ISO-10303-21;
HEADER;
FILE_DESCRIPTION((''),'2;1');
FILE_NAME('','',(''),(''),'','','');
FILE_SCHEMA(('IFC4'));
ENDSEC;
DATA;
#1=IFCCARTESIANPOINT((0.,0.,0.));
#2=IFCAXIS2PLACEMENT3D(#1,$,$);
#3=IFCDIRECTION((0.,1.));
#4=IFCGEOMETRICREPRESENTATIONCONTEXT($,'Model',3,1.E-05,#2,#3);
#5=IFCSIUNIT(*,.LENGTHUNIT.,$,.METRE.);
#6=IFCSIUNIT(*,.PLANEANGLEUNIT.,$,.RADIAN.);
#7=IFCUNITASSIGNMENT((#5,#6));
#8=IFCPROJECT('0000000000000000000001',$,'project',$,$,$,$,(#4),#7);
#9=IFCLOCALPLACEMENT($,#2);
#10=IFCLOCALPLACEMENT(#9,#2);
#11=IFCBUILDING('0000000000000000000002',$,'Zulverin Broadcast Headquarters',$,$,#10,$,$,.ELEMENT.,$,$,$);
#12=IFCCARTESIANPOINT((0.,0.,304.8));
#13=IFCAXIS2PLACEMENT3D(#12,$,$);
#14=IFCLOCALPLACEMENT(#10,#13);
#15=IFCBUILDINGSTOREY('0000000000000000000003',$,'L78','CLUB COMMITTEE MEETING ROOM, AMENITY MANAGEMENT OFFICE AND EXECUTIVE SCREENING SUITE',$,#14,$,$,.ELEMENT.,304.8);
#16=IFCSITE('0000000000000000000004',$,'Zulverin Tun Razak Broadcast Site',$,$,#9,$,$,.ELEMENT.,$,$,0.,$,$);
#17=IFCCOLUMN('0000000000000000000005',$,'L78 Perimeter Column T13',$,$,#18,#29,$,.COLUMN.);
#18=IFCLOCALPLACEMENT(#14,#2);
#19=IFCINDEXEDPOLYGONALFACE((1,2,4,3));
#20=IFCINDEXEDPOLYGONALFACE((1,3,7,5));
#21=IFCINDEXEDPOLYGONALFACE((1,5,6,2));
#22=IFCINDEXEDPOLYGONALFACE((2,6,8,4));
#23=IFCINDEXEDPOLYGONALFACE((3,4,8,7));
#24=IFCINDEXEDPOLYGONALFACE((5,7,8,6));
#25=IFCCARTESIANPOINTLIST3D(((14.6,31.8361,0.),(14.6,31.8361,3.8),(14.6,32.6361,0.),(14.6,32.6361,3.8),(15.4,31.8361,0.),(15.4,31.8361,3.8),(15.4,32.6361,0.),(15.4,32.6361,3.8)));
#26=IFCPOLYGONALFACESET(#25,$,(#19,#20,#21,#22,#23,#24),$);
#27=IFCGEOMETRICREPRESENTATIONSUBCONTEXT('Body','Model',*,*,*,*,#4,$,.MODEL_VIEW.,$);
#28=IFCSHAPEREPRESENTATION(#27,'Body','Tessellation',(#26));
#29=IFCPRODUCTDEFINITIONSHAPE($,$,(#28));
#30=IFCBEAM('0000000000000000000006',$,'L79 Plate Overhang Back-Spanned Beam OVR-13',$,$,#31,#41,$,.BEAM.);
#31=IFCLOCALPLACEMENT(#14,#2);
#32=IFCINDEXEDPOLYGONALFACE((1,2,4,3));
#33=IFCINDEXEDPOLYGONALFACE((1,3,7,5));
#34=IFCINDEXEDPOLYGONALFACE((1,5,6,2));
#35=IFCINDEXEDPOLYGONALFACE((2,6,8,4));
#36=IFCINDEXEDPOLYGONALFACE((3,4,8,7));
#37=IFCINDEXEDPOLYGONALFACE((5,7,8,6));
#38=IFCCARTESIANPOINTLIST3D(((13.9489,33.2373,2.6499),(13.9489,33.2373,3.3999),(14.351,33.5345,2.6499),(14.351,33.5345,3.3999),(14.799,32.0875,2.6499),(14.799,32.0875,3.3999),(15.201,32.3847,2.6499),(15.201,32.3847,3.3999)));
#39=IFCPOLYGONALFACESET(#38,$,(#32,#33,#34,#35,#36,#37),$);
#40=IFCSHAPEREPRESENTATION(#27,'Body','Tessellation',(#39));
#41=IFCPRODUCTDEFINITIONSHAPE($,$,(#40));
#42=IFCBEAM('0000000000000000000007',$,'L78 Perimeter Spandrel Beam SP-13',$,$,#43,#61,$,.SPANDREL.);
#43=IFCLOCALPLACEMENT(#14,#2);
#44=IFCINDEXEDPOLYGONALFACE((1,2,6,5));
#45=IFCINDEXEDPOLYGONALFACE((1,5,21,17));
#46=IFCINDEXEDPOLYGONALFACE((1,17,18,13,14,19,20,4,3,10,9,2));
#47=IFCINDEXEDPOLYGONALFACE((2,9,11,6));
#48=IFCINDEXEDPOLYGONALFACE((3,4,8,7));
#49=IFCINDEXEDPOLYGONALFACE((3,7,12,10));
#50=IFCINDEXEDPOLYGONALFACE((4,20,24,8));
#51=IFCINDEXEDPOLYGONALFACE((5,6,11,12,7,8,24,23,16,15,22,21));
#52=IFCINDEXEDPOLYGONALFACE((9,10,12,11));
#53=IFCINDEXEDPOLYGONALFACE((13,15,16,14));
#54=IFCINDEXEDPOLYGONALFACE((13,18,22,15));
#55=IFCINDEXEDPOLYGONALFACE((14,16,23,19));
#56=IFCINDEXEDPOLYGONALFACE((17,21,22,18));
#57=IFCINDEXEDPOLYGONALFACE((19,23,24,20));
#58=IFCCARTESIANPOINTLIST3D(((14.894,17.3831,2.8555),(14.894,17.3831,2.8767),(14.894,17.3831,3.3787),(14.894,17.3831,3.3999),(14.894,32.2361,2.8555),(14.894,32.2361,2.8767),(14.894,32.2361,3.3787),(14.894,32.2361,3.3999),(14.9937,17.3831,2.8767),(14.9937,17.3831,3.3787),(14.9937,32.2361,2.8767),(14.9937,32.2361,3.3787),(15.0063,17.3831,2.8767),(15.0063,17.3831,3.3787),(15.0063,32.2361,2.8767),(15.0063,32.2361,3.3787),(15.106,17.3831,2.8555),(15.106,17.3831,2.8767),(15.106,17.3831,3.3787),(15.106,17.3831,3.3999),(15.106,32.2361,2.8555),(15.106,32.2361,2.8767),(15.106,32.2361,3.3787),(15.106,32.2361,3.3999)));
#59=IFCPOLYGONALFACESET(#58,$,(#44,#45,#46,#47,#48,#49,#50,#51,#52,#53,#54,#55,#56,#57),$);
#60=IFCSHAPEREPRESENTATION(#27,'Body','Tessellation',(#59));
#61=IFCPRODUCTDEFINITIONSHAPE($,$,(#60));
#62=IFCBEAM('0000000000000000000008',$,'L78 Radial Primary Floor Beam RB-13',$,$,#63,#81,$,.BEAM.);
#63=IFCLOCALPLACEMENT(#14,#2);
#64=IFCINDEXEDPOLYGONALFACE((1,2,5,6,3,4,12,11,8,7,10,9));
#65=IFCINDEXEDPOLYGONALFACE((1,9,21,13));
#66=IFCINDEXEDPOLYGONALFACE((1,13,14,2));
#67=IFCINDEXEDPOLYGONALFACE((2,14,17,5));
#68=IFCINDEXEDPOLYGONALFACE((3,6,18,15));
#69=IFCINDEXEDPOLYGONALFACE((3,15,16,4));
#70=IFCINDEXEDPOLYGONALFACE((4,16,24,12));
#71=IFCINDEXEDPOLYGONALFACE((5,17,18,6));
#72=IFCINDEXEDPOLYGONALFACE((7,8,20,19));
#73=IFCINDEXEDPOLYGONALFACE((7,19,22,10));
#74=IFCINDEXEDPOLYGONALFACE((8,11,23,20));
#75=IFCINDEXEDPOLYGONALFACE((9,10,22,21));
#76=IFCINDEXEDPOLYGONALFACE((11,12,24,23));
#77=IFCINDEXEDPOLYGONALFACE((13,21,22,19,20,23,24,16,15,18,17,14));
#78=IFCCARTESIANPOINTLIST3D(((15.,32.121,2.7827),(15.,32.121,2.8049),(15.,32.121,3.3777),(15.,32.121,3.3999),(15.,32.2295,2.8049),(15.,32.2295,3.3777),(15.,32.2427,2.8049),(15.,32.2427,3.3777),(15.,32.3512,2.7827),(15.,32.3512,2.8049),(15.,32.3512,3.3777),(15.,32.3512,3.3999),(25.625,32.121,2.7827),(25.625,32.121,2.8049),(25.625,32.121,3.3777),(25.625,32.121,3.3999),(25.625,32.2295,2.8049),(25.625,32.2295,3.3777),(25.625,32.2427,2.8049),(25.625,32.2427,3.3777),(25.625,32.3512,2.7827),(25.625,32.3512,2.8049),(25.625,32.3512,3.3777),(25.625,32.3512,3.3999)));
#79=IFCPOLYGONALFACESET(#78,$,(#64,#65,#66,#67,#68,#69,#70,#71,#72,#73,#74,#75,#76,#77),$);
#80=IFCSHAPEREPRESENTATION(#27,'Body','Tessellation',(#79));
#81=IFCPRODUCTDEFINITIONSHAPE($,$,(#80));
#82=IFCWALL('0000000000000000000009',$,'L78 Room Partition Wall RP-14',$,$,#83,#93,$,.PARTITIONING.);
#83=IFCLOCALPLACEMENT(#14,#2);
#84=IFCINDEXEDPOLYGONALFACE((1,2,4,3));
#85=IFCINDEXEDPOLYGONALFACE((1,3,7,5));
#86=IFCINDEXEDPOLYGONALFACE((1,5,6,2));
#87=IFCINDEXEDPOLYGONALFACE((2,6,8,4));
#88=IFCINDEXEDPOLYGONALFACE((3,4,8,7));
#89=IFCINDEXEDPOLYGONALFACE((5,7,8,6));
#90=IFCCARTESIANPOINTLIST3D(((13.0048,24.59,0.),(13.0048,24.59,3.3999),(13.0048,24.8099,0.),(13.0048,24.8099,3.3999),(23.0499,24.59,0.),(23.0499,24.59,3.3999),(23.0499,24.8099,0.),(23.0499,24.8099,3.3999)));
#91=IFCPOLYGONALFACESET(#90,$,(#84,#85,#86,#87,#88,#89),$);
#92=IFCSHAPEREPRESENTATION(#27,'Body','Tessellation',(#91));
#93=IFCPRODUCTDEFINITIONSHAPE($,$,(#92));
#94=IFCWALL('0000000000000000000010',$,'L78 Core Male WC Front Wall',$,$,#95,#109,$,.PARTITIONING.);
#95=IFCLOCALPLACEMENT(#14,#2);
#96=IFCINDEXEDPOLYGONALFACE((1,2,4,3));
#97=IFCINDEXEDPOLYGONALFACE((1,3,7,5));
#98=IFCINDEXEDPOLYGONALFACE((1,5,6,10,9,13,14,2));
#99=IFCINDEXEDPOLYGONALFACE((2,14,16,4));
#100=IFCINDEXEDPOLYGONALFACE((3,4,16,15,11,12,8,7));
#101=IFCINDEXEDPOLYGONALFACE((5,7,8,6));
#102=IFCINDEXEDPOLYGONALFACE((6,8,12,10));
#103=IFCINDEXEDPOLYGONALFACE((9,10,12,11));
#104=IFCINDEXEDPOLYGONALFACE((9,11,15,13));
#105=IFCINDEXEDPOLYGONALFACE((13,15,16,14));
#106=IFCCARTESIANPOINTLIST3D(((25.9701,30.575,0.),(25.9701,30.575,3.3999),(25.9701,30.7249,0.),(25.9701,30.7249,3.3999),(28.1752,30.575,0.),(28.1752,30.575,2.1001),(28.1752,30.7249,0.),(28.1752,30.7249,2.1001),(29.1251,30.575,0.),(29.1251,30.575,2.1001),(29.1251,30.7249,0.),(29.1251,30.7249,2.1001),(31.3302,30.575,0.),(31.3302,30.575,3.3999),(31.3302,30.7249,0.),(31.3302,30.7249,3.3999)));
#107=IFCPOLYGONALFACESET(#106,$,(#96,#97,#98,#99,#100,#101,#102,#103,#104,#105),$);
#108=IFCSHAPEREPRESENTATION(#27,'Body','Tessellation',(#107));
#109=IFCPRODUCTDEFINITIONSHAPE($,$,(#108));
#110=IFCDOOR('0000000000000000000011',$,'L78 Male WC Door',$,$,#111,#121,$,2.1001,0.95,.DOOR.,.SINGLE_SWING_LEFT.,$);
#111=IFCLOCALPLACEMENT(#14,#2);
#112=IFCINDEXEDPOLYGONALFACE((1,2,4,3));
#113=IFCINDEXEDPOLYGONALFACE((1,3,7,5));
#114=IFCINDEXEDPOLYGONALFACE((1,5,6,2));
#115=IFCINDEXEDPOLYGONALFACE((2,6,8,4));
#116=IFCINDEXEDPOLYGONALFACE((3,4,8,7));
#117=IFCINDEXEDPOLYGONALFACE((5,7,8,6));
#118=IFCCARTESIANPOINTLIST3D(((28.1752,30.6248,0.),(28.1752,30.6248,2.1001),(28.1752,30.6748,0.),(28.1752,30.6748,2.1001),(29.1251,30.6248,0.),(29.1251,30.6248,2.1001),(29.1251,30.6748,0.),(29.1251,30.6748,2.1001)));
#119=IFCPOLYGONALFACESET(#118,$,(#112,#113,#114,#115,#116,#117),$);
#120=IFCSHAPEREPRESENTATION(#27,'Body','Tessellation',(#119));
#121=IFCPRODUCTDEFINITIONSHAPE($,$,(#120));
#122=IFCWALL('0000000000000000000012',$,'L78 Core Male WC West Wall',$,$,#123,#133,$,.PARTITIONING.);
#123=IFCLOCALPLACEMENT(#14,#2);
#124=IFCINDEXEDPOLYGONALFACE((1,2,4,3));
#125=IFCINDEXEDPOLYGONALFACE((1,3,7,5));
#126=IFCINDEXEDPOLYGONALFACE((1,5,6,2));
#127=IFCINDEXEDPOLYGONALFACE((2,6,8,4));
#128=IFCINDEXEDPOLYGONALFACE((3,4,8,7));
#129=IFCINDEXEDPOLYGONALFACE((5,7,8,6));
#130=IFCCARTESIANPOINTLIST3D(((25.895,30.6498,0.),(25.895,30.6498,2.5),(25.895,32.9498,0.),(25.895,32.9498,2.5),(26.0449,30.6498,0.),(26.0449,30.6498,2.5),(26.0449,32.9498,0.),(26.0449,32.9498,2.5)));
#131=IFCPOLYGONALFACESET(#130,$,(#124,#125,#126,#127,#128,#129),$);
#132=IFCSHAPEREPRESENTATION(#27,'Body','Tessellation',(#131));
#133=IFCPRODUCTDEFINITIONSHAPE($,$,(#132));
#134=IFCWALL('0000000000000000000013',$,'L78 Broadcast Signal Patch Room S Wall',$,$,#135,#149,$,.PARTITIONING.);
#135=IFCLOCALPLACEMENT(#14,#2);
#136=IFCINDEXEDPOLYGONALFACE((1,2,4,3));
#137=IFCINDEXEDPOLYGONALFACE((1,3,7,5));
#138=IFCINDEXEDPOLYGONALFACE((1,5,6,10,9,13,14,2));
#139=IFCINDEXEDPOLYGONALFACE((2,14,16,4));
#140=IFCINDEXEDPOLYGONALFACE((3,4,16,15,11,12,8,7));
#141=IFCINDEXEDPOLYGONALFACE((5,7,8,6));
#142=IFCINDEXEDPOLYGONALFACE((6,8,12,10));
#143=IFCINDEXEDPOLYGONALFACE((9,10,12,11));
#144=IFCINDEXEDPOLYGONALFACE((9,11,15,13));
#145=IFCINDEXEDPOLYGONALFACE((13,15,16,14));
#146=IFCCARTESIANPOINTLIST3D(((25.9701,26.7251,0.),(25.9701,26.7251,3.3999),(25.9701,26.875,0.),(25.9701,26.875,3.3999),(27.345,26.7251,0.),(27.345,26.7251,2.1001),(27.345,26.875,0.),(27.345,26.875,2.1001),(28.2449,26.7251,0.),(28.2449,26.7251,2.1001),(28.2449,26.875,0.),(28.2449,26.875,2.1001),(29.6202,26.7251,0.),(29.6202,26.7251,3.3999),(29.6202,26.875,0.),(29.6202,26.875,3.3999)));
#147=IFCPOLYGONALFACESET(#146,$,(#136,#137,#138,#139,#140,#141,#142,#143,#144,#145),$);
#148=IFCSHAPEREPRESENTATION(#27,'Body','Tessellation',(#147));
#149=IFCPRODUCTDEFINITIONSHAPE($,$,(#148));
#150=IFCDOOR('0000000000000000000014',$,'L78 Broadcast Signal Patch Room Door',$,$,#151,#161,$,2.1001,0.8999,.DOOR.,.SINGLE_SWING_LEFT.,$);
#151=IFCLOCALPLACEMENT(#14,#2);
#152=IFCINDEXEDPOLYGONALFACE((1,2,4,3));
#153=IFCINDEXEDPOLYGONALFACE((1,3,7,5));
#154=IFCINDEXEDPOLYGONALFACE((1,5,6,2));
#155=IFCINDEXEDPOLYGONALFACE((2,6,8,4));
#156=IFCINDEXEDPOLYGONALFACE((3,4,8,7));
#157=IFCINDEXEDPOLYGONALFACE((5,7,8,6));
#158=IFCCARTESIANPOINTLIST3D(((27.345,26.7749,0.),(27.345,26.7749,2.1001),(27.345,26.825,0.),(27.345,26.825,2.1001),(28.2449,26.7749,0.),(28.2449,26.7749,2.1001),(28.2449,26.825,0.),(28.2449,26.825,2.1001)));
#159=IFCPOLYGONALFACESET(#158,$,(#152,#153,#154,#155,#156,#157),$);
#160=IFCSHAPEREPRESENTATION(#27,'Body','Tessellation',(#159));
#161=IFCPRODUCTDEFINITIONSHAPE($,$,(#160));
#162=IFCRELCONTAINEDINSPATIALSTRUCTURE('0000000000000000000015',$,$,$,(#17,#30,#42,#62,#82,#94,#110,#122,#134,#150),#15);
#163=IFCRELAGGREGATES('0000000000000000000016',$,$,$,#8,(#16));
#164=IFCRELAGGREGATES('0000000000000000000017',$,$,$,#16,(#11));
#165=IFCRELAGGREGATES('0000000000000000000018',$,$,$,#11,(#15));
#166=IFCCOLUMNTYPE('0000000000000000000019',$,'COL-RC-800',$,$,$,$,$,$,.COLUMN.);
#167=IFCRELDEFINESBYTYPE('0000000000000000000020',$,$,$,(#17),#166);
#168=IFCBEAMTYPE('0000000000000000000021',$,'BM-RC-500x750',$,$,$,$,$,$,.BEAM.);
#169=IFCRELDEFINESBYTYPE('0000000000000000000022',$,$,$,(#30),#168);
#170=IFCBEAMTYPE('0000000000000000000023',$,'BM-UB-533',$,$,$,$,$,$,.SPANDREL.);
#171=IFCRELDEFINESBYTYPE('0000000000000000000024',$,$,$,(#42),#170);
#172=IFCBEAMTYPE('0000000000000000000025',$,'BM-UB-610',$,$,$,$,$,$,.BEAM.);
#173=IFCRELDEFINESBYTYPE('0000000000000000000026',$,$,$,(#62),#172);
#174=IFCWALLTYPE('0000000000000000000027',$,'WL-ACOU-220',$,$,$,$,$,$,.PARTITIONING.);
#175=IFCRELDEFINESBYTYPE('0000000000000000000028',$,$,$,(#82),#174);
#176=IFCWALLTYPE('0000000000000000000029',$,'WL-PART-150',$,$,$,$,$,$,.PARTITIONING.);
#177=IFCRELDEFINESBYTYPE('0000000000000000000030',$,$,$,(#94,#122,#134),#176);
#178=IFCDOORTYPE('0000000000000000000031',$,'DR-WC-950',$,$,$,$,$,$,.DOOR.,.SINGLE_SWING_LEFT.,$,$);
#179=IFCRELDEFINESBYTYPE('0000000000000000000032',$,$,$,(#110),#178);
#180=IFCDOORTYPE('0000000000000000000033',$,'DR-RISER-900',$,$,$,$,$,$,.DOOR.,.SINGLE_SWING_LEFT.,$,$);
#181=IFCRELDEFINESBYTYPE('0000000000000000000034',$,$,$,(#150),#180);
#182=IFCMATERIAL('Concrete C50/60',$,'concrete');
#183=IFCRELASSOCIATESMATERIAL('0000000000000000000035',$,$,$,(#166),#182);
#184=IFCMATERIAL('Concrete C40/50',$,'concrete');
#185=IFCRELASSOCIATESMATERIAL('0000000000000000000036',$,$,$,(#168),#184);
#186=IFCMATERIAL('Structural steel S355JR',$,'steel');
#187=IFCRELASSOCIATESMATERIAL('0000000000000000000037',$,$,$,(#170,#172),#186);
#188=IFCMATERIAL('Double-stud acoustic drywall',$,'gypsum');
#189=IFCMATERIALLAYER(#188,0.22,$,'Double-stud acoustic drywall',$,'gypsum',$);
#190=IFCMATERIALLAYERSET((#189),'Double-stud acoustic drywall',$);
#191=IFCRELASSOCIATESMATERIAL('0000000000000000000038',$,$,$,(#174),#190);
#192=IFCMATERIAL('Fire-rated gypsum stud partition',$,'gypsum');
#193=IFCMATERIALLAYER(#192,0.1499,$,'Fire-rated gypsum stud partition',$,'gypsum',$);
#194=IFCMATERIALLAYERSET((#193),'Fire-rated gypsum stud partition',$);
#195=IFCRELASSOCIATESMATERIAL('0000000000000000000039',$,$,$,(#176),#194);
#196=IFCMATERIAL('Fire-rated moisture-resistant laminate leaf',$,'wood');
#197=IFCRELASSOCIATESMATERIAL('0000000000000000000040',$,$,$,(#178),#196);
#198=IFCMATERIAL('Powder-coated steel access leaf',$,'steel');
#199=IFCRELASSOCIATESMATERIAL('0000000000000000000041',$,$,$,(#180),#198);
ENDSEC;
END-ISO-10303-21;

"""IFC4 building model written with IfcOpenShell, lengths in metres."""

from ifc_helpers import new_model, si_unit, direction, frame, frame_2d, origin, origin_2d, place, context, subcontext, project, spatial, rectangle, i_section, extrude, material, layer, layer_set, material_profile, profile_set, type_object, element, fill, save


model = new_model("IFC4")

# Units and contexts
model_context = context("Model", 3, precision=1e-05, world=origin(), true_north=direction((0.0, 1.0)))
body_context = subcontext(model_context, "Body", "Model", "MODEL_VIEW")
ifc_project = project(units=[si_unit("LENGTHUNIT", "METRE"), si_unit("PLANEANGLEUNIT", "RADIAN")], contexts=[model_context])

# Site, building, storey
site_placement = place(None, origin())
site = spatial("IfcSite", under=ifc_project, at=site_placement, Name="Zulverin Tun Razak Broadcast Site", CompositionType="ELEMENT", RefElevation=0.0)
building_placement = place(site_placement, origin())
building = spatial("IfcBuilding", under=site, at=building_placement, Name="Zulverin Broadcast Headquarters", CompositionType="ELEMENT")
storey_placement = place(building_placement, frame((0.0, 0.0, 304.8)))
storey = spatial("IfcBuildingStorey", under=building, at=storey_placement, Name="L78", Description="CLUB COMMITTEE MEETING ROOM, AMENITY MANAGEMENT OFFICE AND EXECUTIVE SCREENING SUITE", CompositionType="ELEMENT", Elevation=304.8)

# Column
ifc_material_1 = material(Name="Concrete C50/60", Category="concrete")
ifc_material_profile_1 = material_profile(ifc_material_1, rectangle(XDim=0.8, YDim=0.8, at=origin_2d()), Name="Concrete C50/60", Category="concrete")
ifc_profile_set_1 = profile_set([ifc_material_profile_1], Name="Concrete C50/60")
column_type = type_object("IfcColumnType", Name="COL-RC-800", PredefinedType="COLUMN", material=ifc_profile_set_1)
column_placement = place(storey_placement, frame((15.0, 32.2361, 0.0), z_axis=(0.0, 0.0, 1.0), x_axis=(1.0, 0.0, 0.0)))
element("IfcColumn", 1, at=column_placement, inside=storey, type_object=column_type, Name="L78 Perimeter Column T13", PredefinedType="COLUMN", context=body_context, shape_type="SweptSolid", body=[
    extrude(rectangle(XDim=0.8, YDim=0.8, at=origin_2d()), origin(), (0.0, 0.0, 1.0), 3.8),
])

# Beams
ifc_material_2 = material(Name="Concrete C40/50", Category="concrete")
ifc_material_profile_2 = material_profile(ifc_material_2, rectangle(XDim=0.5, YDim=0.75, at=origin_2d()), Name="Concrete C40/50", Category="concrete")
ifc_profile_set_2 = profile_set([ifc_material_profile_2], Name="Concrete C40/50")
beam_type_1 = type_object("IfcBeamType", Name="BM-RC-500x750", PredefinedType="BEAM", material=ifc_profile_set_2)
beam_1_placement = place(storey_placement, frame((15.0, 32.2361, 3.0249), z_axis=(-0.594468, 0.804119, 0.0), x_axis=(-0.804119, -0.594468, 0.0)))
element("IfcBeam", 2, at=beam_1_placement, inside=storey, type_object=beam_type_1, Name="L79 Plate Overhang Back-Spanned Beam OVR-13", PredefinedType="BEAM", context=body_context, shape_type="SweptSolid", body=[
    extrude(rectangle(XDim=0.5, YDim=0.75, at=origin_2d()), origin(), (0.0, 0.0, 1.0), 1.4299),
])
ifc_material_3 = material(Name="Structural steel S355JR", Category="steel")
ifc_material_profile_3 = material_profile(ifc_material_3, i_section(OverallWidth=0.2119, OverallDepth=0.5444, WebThickness=0.0127, FlangeThickness=0.0212, at=origin_2d()), Name="Structural steel S355JR", Category="steel")
ifc_profile_set_3 = profile_set([ifc_material_profile_3], Name="Structural steel S355JR")
beam_type_2 = type_object("IfcBeamType", Name="BM-UB-533", PredefinedType="SPANDREL", material=ifc_profile_set_3)
beam_2_placement = place(storey_placement, frame((15.0, 32.2361, 3.1277), z_axis=(0.0, -1.0, 0.0), x_axis=(1.0, 0.0, 0.0)))
element("IfcBeam", 3, at=beam_2_placement, inside=storey, type_object=beam_type_2, Name="L78 Perimeter Spandrel Beam SP-13", PredefinedType="SPANDREL", context=body_context, shape_type="SweptSolid", body=[
    extrude(i_section(OverallWidth=0.2119, OverallDepth=0.5444, WebThickness=0.0127, FlangeThickness=0.0212, at=origin_2d()), origin(), (0.0, 0.0, 1.0), 14.853),
])
ifc_material_profile_4 = material_profile(ifc_material_3, i_section(OverallWidth=0.2302, OverallDepth=0.6172, WebThickness=0.0132, FlangeThickness=0.0222, at=origin_2d()), Name="Structural steel S355JR", Category="steel")
ifc_profile_set_4 = profile_set([ifc_material_profile_4], Name="Structural steel S355JR")
beam_type_3 = type_object("IfcBeamType", Name="BM-UB-610", PredefinedType="BEAM", material=ifc_profile_set_4)
beam_3_placement = place(storey_placement, frame((25.625, 32.2361, 3.0913), z_axis=(-1.0, 0.0, 0.0), x_axis=(0.0, -1.0, 0.0)))
element("IfcBeam", 4, at=beam_3_placement, inside=storey, type_object=beam_type_3, Name="L78 Radial Primary Floor Beam RB-13", PredefinedType="BEAM", context=body_context, shape_type="SweptSolid", body=[
    extrude(i_section(OverallWidth=0.2302, OverallDepth=0.6172, WebThickness=0.0132, FlangeThickness=0.0222, at=origin_2d()), origin(), (0.0, 0.0, 1.0), 10.625),
])

# Wall
ifc_material_4 = material(Name="Double-stud acoustic drywall", Category="gypsum")
ifc_layer_1 = layer(ifc_material_4, 0.22, Name="Double-stud acoustic drywall", Category="gypsum")
ifc_layer_set_1 = layer_set([ifc_layer_1], Name="Double-stud acoustic drywall")
wall_type_1 = type_object("IfcWallType", Name="WL-ACOU-220", PredefinedType="PARTITIONING", material=ifc_layer_set_1)
wall_1_placement = place(storey_placement, frame((13.0049, 24.7, 0.0), z_axis=(0.0, 0.0, 1.0), x_axis=(1.0, 0.0, 0.0)))
element("IfcWall", 5, at=wall_1_placement, inside=storey, type_object=wall_type_1, Name="L78 Room Partition Wall RP-14", PredefinedType="PARTITIONING", context=body_context, shape_type="SweptSolid", body=[
    extrude(rectangle(XDim=10.0452, YDim=0.22, at=frame_2d((5.0225, 0.0))), origin(), (0.0, 0.0, 1.0), 3.3999),
])

# Wall, opening, door
ifc_material_5 = material(Name="Fire-rated gypsum stud partition", Category="gypsum")
ifc_layer_2 = layer(ifc_material_5, 0.1499, Name="Fire-rated gypsum stud partition", Category="gypsum")
ifc_layer_set_2 = layer_set([ifc_layer_2], Name="Fire-rated gypsum stud partition")
wall_type_2 = type_object("IfcWallType", Name="WL-PART-150", PredefinedType="PARTITIONING", material=ifc_layer_set_2)
wall_2_placement = place(storey_placement, frame((25.97, 30.6499, 0.0), z_axis=(0.0, 0.0, 1.0), x_axis=(1.0, 0.0, 0.0)))
wall_2 = element("IfcWall", 6, at=wall_2_placement, inside=storey, type_object=wall_type_2, Name="L78 Core Male WC Front Wall", PredefinedType="PARTITIONING", context=body_context, shape_type="SweptSolid", body=[
    extrude(rectangle(XDim=5.3601, YDim=0.1499, at=frame_2d((2.6802, 0.0))), origin(), (0.0, 0.0, 1.0), 3.3999),
])
opening_1_placement = place(wall_2_placement, frame((2.2051, 0.0, 0.0)))
opening_1 = element("IfcOpeningElement", 7, at=opening_1_placement, cuts=wall_2, PredefinedType="OPENING", context=body_context, shape_type="SweptSolid", body=[
    extrude(rectangle(XDim=0.95, YDim=2.1001, at=frame_2d((0.4751, 1.05))), frame((0.0, 0.085, 0.0), z_axis=(0.0, -1.0, 0.0), x_axis=(1.0, 0.0, 0.0)), (0.0, 0.0, 1.0), 0.1699),
])
ifc_material_6 = material(Name="Fire-rated moisture-resistant laminate leaf", Category="wood")
door_type_1 = type_object("IfcDoorType", Name="DR-WC-950", OperationType="SINGLE_SWING_LEFT", PredefinedType="DOOR", material=ifc_material_6)
door_1_placement = place(opening_1_placement, origin())
door_1 = element("IfcDoor", 8, at=door_1_placement, inside=storey, type_object=door_type_1, Name="L78 Male WC Door", OperationType="SINGLE_SWING_LEFT", OverallHeight=2.1001, OverallWidth=0.95, PredefinedType="DOOR", context=body_context, shape_type="SweptSolid", body=[
    extrude(rectangle(XDim=0.95, YDim=2.1001, at=frame_2d((0.4751, 1.05))), frame((0.0, 0.0249, 0.0), z_axis=(0.0, -1.0, 0.0), x_axis=(1.0, 0.0, 0.0)), (0.0, 0.0, 1.0), 0.05),
])
fill(opening_1, door_1)

# Wall
wall_3_placement = place(storey_placement, frame((25.97, 30.6499, 0.0), z_axis=(0.0, 0.0, 1.0), x_axis=(0.0, 1.0, 0.0)))
element("IfcWall", 9, at=wall_3_placement, inside=storey, type_object=wall_type_2, Name="L78 Core Male WC West Wall", PredefinedType="PARTITIONING", context=body_context, shape_type="SweptSolid", body=[
    extrude(rectangle(XDim=2.3, YDim=0.1499, at=frame_2d((1.1499, 0.0))), origin(), (0.0, 0.0, 1.0), 2.5),
])

# Wall, opening, door
wall_4_placement = place(storey_placement, frame((25.97, 26.8, 0.0), z_axis=(0.0, 0.0, 1.0), x_axis=(1.0, 0.0, 0.0)))
wall_4 = element("IfcWall", 10, at=wall_4_placement, inside=storey, type_object=wall_type_2, Name="L78 Broadcast Signal Patch Room S Wall", PredefinedType="PARTITIONING", context=body_context, shape_type="SweptSolid", body=[
    extrude(rectangle(XDim=3.6501, YDim=0.1499, at=frame_2d((1.8252, 0.0))), origin(), (0.0, 0.0, 1.0), 3.3999),
])
opening_2_placement = place(wall_4_placement, frame((1.375, 0.0, 0.0)))
opening_2 = element("IfcOpeningElement", 11, at=opening_2_placement, cuts=wall_4, PredefinedType="OPENING", context=body_context, shape_type="SweptSolid", body=[
    extrude(rectangle(XDim=0.8999, YDim=2.1001, at=frame_2d((0.45, 1.05))), frame((0.0, 0.085, 0.0), z_axis=(0.0, -1.0, 0.0), x_axis=(1.0, 0.0, 0.0)), (0.0, 0.0, 1.0), 0.1699),
])
ifc_material_7 = material(Name="Powder-coated steel access leaf", Category="steel")
door_type_2 = type_object("IfcDoorType", Name="DR-RISER-900", OperationType="SINGLE_SWING_LEFT", PredefinedType="DOOR", material=ifc_material_7)
door_2_placement = place(opening_2_placement, origin())
door_2 = element("IfcDoor", 12, at=door_2_placement, inside=storey, type_object=door_type_2, Name="L78 Broadcast Signal Patch Room Door", OperationType="SINGLE_SWING_LEFT", OverallHeight=2.1001, OverallWidth=0.8999, PredefinedType="DOOR", context=body_context, shape_type="SweptSolid", body=[
    extrude(rectangle(XDim=0.8999, YDim=2.1001, at=frame_2d((0.45, 1.05))), frame((0.0, 0.0249, 0.0), z_axis=(0.0, -1.0, 0.0), x_axis=(1.0, 0.0, 0.0)), (0.0, 0.0, 1.0), 0.05),
])
fill(opening_2, door_2)

save(model, "model.ifc")
